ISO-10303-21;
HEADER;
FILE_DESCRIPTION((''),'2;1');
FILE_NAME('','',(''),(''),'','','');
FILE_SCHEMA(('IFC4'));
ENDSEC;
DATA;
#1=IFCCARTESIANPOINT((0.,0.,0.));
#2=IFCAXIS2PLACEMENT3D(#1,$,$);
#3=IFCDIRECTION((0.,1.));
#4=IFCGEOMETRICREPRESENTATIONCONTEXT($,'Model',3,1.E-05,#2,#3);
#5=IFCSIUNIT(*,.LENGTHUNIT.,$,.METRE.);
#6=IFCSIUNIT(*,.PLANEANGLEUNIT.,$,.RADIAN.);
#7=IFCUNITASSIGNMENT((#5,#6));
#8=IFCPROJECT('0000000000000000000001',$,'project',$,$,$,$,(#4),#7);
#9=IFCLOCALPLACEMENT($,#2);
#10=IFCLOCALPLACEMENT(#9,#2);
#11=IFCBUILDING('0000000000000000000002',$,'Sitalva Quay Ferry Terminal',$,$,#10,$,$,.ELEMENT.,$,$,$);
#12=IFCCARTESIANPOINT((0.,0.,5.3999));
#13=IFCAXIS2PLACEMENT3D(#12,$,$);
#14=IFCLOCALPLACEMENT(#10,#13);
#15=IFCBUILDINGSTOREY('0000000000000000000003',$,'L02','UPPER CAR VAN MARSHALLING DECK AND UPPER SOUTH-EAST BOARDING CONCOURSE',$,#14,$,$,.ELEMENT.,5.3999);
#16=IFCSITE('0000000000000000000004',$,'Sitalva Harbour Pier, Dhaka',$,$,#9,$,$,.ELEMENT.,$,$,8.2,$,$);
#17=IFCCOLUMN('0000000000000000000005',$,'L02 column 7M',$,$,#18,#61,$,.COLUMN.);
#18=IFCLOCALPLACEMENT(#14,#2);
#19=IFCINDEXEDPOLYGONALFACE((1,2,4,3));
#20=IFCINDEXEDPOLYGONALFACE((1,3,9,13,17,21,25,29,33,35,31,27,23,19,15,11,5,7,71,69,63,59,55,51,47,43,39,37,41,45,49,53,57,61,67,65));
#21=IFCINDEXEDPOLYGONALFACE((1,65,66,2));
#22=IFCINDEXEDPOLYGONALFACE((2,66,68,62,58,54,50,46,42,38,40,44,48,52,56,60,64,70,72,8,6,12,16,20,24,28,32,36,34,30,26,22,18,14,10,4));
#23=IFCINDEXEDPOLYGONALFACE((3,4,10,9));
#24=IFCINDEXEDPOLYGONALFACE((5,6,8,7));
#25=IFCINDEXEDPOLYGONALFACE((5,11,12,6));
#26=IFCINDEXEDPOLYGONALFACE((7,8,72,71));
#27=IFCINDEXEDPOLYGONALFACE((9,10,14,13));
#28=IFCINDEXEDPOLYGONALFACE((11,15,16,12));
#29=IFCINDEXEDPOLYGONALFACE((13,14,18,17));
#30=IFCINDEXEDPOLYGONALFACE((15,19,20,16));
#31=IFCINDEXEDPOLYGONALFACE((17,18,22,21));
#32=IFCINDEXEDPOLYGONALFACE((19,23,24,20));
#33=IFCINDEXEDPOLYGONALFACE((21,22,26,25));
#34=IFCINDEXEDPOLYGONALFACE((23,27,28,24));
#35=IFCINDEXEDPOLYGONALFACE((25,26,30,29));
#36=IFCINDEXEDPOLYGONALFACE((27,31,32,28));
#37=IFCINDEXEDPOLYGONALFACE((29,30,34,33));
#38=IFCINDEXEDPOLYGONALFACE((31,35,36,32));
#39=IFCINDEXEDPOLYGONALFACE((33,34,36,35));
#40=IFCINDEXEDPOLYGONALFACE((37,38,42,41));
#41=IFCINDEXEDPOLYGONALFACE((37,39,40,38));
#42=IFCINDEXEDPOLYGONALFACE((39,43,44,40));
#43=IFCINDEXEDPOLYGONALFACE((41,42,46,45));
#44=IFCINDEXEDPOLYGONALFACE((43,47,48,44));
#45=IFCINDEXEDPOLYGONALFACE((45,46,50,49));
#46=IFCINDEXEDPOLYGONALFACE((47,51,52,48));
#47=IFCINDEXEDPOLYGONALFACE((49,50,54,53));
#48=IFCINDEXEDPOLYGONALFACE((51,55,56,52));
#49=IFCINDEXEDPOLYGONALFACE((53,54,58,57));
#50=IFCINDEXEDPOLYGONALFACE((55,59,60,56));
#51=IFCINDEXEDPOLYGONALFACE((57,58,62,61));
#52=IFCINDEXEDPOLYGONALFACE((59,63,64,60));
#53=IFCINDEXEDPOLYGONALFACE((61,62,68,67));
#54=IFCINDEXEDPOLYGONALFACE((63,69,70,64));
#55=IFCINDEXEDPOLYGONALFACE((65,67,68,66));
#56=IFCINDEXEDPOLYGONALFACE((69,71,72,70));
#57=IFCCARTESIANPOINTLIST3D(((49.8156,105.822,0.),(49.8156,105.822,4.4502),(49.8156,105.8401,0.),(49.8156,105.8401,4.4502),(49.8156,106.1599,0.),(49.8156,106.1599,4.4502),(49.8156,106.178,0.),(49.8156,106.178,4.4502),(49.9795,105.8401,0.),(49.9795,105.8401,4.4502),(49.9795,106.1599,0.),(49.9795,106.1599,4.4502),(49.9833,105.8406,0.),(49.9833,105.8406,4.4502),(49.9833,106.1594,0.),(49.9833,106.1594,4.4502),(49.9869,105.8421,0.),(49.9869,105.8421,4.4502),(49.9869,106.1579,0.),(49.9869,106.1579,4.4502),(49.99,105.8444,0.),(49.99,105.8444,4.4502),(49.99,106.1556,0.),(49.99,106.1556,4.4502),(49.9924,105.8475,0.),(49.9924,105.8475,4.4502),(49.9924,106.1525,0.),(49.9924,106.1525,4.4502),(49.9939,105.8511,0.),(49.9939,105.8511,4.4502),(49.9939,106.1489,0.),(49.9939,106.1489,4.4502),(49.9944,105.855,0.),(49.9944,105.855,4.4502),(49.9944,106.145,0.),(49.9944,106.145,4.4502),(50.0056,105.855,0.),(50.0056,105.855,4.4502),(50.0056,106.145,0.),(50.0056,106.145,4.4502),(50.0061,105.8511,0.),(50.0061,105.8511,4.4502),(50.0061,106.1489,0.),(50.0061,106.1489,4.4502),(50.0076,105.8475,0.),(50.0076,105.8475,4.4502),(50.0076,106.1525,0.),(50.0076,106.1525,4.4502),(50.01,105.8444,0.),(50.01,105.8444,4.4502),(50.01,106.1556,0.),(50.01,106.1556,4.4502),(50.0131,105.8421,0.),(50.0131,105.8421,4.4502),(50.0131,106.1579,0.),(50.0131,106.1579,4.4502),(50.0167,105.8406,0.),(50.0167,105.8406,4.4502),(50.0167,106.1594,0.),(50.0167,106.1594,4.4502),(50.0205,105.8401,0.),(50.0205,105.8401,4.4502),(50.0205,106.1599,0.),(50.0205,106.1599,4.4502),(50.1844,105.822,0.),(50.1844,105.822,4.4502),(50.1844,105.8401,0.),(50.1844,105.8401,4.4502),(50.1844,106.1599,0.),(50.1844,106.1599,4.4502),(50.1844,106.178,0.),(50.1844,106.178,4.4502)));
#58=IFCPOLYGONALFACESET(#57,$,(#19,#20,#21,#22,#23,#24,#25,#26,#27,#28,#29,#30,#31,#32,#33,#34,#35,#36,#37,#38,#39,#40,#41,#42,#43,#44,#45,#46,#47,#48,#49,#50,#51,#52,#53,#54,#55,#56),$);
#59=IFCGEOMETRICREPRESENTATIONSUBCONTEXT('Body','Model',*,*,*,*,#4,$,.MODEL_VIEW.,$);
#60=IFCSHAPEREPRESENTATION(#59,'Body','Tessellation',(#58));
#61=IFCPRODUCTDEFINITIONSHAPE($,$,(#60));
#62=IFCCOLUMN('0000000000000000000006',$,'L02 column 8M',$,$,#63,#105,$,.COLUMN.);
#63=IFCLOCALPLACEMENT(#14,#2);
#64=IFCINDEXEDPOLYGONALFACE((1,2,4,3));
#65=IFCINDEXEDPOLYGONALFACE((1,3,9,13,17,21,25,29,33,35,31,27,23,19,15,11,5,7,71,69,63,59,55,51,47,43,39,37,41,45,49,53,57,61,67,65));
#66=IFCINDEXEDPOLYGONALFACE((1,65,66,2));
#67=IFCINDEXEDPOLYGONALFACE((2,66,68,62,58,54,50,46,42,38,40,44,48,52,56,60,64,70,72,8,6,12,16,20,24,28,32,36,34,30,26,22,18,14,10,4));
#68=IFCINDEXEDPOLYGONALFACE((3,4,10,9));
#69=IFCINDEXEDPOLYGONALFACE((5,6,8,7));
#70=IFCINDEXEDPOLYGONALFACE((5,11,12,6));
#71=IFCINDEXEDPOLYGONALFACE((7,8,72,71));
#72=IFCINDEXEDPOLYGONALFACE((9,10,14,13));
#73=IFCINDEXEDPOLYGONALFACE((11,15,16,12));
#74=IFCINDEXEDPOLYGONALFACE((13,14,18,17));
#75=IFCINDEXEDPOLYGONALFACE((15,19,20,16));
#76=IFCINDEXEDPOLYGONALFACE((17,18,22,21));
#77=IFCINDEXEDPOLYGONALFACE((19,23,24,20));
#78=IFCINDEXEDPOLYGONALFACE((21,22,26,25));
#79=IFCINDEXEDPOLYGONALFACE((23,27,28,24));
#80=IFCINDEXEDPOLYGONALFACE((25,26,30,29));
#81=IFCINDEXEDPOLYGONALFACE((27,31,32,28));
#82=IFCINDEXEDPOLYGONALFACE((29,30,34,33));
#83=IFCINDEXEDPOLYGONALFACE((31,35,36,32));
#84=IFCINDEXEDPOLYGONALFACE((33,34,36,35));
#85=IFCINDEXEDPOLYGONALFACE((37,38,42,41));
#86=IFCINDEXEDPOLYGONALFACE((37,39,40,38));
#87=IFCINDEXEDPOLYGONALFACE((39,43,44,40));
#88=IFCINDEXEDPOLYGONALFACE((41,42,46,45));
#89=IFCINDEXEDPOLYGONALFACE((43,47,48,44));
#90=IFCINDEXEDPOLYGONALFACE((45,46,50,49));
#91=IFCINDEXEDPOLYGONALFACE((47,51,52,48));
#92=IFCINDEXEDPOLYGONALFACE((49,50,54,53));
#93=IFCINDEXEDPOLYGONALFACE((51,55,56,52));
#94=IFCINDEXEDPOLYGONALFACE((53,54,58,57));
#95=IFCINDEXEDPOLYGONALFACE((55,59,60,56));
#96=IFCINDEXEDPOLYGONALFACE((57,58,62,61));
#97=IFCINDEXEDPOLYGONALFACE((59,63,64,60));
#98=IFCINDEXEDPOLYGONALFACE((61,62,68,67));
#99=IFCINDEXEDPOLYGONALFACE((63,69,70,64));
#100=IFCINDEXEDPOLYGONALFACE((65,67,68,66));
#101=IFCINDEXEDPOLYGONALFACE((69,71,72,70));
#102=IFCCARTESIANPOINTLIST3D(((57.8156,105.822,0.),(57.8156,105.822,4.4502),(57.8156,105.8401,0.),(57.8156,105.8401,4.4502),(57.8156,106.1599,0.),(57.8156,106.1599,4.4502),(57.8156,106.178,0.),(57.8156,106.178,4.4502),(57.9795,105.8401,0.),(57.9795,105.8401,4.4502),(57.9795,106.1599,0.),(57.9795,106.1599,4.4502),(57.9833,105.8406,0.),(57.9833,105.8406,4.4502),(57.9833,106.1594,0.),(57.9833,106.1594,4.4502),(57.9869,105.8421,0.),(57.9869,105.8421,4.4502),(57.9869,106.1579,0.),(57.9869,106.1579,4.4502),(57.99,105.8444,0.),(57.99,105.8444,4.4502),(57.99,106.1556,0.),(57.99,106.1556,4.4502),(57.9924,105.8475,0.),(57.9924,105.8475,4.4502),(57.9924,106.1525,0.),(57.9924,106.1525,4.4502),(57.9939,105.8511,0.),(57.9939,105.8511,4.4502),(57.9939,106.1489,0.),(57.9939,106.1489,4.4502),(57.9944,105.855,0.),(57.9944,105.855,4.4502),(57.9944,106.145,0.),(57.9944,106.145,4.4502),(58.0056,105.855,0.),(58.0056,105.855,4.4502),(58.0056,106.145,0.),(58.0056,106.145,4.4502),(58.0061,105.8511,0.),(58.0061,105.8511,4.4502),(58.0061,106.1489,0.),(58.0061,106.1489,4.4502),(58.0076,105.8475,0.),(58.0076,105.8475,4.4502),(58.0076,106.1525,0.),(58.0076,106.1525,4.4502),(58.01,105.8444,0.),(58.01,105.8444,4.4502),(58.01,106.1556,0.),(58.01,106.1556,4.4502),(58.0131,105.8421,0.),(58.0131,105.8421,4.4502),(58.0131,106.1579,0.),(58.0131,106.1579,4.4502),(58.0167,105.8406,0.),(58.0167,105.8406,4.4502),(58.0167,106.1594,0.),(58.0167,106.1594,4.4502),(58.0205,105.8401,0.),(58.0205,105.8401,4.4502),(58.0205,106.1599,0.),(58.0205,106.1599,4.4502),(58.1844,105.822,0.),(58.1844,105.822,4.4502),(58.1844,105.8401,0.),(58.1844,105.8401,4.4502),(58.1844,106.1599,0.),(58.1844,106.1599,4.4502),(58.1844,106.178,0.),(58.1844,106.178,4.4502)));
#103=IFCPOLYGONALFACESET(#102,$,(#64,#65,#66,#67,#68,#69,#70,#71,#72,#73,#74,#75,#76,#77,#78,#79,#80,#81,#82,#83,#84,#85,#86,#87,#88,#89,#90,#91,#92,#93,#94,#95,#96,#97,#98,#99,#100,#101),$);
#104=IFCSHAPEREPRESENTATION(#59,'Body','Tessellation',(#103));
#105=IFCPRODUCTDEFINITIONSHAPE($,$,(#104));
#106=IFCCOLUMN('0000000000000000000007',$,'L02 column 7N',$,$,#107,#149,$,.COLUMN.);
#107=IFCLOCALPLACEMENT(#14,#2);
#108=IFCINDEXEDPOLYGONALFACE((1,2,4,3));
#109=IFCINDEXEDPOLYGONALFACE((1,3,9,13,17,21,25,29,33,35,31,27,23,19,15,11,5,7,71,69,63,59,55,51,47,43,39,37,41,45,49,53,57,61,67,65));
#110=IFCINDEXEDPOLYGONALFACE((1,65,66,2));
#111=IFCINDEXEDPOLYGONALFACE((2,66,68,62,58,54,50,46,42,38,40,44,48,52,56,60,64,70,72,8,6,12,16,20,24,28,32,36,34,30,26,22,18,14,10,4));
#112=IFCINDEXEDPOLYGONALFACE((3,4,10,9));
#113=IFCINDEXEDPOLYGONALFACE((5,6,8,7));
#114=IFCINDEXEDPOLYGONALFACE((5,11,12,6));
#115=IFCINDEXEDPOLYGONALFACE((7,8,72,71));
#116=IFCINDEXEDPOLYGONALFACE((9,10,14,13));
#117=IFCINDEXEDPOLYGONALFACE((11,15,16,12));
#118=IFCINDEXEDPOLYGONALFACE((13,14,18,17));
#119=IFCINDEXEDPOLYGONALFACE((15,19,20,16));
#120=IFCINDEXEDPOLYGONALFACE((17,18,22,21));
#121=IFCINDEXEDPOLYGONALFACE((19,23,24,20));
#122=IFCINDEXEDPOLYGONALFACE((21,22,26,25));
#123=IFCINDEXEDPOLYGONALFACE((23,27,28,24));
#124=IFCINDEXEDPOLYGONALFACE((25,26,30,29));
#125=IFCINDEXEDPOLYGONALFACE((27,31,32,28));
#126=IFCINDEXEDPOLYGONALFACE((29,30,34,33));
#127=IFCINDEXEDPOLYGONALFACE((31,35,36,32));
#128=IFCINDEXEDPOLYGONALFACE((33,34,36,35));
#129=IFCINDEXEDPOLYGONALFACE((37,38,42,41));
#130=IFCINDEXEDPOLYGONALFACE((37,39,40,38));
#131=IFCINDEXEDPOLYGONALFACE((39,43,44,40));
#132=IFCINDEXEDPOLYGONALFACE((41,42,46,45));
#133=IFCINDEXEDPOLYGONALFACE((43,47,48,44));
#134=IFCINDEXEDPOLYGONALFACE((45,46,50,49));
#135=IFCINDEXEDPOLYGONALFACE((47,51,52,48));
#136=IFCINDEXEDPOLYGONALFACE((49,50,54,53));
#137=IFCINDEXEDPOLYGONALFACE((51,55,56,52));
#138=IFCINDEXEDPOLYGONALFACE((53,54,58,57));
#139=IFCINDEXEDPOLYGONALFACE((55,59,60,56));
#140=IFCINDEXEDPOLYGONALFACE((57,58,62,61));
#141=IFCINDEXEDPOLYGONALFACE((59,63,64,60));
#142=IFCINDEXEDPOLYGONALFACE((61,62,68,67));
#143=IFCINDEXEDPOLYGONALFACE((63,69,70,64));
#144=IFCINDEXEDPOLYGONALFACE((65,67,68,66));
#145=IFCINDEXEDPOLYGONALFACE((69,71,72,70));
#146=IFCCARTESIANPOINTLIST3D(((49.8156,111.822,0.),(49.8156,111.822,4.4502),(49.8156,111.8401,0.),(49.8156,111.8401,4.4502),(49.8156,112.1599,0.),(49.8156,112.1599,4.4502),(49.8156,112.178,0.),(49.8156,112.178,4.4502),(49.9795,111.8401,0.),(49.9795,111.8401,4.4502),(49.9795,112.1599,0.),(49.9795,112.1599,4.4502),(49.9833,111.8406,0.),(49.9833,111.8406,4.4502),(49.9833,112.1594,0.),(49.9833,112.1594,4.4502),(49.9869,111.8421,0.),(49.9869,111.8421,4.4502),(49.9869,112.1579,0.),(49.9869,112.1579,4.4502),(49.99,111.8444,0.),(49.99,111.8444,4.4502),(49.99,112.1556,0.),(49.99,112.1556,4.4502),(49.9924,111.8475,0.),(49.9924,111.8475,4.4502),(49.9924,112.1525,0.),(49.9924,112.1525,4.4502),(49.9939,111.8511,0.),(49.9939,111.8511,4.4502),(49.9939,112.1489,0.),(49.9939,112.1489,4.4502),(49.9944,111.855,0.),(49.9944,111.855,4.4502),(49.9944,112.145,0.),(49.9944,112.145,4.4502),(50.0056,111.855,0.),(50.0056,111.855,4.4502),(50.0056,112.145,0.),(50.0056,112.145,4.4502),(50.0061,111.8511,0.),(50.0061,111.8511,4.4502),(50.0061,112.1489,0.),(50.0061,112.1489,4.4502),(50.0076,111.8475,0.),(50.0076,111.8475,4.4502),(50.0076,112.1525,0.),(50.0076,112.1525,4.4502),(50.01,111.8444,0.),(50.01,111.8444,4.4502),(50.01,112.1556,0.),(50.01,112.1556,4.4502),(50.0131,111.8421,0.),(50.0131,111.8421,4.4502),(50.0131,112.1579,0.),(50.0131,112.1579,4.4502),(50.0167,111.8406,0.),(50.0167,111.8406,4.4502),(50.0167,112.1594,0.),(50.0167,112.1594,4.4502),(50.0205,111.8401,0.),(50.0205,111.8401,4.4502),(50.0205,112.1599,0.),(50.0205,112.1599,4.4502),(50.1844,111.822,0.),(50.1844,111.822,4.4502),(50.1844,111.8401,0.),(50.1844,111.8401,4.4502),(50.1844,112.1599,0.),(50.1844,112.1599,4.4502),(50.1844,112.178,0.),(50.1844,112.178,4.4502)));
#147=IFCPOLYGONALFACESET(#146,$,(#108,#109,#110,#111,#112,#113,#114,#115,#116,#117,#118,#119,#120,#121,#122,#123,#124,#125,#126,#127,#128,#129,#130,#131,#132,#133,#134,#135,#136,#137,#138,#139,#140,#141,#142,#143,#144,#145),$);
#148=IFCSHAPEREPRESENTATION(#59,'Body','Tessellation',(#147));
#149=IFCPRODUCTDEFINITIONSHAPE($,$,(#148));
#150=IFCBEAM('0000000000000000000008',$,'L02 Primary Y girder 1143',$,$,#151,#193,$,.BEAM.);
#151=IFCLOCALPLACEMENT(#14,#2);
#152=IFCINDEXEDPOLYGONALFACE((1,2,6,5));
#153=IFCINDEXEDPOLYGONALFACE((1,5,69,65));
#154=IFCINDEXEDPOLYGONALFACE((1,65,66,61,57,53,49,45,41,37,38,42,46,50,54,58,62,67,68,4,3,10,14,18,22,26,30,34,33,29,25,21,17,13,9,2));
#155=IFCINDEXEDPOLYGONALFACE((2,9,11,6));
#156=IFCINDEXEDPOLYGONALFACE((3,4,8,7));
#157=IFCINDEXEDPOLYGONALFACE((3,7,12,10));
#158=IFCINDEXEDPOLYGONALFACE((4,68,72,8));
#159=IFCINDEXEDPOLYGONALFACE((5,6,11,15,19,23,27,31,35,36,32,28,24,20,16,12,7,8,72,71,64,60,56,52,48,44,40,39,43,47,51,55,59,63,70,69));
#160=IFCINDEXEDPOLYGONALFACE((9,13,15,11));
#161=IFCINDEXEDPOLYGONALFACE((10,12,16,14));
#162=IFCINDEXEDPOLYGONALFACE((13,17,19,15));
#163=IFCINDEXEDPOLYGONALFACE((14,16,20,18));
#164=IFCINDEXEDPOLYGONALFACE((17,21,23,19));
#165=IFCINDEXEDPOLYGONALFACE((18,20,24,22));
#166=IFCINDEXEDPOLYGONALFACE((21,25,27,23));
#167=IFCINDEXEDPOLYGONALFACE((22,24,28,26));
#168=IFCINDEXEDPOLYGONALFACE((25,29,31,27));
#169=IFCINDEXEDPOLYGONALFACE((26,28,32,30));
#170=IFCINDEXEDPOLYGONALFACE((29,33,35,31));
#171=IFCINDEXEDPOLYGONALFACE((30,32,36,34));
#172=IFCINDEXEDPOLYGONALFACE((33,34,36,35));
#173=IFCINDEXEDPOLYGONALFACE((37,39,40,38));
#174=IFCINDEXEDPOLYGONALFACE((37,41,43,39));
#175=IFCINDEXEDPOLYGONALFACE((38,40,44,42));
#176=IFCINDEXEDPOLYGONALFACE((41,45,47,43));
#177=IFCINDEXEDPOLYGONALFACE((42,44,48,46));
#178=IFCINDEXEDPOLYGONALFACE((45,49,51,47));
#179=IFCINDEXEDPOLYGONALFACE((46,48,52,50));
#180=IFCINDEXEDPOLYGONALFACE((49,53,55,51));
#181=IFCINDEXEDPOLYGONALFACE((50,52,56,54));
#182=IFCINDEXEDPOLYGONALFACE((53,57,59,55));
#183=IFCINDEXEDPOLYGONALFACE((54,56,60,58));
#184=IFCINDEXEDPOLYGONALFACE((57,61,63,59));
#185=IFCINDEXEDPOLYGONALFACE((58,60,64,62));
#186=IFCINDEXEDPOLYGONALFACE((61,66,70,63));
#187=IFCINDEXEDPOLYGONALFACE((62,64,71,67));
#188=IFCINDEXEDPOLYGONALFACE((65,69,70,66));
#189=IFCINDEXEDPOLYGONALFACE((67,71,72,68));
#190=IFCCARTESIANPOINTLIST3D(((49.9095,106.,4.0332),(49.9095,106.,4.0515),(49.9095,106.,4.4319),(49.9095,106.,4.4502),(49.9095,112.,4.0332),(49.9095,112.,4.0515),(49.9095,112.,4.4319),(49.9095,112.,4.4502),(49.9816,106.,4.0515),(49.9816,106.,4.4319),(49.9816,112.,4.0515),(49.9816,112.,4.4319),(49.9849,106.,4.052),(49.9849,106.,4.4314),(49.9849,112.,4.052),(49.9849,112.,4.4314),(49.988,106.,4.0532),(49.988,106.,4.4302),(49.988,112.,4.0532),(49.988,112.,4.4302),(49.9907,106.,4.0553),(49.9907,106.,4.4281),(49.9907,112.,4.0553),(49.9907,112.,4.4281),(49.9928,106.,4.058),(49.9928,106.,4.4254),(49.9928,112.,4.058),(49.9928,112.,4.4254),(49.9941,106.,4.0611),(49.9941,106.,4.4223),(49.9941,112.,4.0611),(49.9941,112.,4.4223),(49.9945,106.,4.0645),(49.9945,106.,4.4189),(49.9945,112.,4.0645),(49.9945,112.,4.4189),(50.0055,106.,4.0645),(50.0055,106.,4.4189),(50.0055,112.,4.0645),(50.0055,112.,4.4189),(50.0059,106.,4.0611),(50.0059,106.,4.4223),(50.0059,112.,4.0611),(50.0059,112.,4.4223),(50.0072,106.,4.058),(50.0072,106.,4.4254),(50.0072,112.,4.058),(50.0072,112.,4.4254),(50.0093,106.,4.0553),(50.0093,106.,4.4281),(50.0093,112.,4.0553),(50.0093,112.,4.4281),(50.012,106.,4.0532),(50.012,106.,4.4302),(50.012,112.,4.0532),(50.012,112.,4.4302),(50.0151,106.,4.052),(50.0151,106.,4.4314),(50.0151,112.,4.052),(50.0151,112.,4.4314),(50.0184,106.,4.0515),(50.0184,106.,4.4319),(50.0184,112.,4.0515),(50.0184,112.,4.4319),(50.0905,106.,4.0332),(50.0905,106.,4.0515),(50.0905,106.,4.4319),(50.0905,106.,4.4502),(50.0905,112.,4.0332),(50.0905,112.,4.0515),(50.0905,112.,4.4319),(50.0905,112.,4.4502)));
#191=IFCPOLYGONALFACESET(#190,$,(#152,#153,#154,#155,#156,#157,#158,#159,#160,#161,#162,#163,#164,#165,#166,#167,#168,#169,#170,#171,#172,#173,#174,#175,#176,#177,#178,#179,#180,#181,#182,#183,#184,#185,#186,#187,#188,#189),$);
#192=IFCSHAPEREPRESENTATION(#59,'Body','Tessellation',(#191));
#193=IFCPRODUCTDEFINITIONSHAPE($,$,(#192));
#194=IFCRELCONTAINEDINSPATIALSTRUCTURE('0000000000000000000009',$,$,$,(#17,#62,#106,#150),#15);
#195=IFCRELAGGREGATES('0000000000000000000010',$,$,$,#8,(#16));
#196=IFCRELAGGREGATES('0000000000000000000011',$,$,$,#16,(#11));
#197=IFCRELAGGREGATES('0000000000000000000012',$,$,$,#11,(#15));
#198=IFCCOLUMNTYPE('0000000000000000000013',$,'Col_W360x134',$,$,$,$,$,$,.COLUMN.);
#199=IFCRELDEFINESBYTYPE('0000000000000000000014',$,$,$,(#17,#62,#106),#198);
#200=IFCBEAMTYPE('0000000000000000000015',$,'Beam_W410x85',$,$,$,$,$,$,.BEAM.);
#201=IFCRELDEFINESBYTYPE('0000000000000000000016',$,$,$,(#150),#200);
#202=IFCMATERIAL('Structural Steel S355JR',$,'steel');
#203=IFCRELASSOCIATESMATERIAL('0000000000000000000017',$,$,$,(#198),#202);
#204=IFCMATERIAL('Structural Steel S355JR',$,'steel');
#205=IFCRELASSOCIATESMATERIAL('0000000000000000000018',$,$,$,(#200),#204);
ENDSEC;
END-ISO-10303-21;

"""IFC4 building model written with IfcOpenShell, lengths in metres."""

from ifc_helpers import new_model, si_unit, direction, frame, origin, origin_2d, place, context, subcontext, project, spatial, i_section, extrude, material, material_profile, profile_set, type_object, element, save


model = new_model("IFC4")

# Units and contexts
model_context = context("Model", 3, precision=1e-05, world=origin(), true_north=direction((0.0, 1.0)))
body_context = subcontext(model_context, "Body", "Model", "MODEL_VIEW")
ifc_project = project(units=[si_unit("LENGTHUNIT", "METRE"), si_unit("PLANEANGLEUNIT", "RADIAN")], contexts=[model_context])

# Site, building, storey
site_placement = place(None, origin())
site = spatial("IfcSite", under=ifc_project, at=site_placement, Name="Sitalva Harbour Pier, Dhaka", CompositionType="ELEMENT", RefElevation=8.2)
building_placement = place(site_placement, origin())
building = spatial("IfcBuilding", under=site, at=building_placement, Name="Sitalva Quay Ferry Terminal", CompositionType="ELEMENT")
storey_placement = place(building_placement, frame((0.0, 0.0, 5.3999)))
storey = spatial("IfcBuildingStorey", under=building, at=storey_placement, Name="L02", Description="UPPER CAR VAN MARSHALLING DECK AND UPPER SOUTH-EAST BOARDING CONCOURSE", CompositionType="ELEMENT", Elevation=5.3999)

# Columns
ifc_material_1 = material(Name="Structural Steel S355JR", Category="steel")
ifc_material_profile_1 = material_profile(ifc_material_1, i_section(OverallWidth=0.3689, OverallDepth=0.356, WebThickness=0.0112, FlangeThickness=0.0181, FilletRadius=0.0149, at=origin_2d()), Name="W360x134")
ifc_profile_set_1 = profile_set([ifc_material_profile_1], Name="Structural Steel S355JR")
column_type = type_object("IfcColumnType", Name="Col_W360x134", PredefinedType="COLUMN", material=ifc_profile_set_1)
for number, where, z_axis, x_axis, name in (
    (1, (50.0, 106.0, 0.0), (0.0, 0.0, 1.0), (1.0, 0.0, 0.0), "L02 column 7M"),
    (2, (58.0, 106.0, 0.0), (0.0, 0.0, 1.0), (1.0, 0.0, 0.0), "L02 column 8M"),
    (3, (50.0, 112.0, 0.0), (0.0, 0.0, 1.0), (1.0, 0.0, 0.0), "L02 column 7N"),
):
    element("IfcColumn", number, at=place(storey_placement, frame(where, z_axis=z_axis, x_axis=x_axis)), inside=storey, type_object=column_type, Name=name, PredefinedType="COLUMN", context=body_context, shape_type="SweptSolid", body=[
        extrude(i_section(OverallWidth=0.3689, OverallDepth=0.356, WebThickness=0.0112, FlangeThickness=0.0181, FilletRadius=0.0149, at=origin_2d()), origin(), (0.0, 0.0, 1.0), 4.4502),
    ])

# Beam
ifc_material_2 = material(Name="Structural Steel S355JR", Category="steel")
ifc_material_profile_2 = material_profile(ifc_material_2, i_section(OverallWidth=0.1809, OverallDepth=0.417, WebThickness=0.011, FlangeThickness=0.0183, FilletRadius=0.0129, at=origin_2d()), Name="W410x85")
ifc_profile_set_2 = profile_set([ifc_material_profile_2], Name="Structural Steel S355JR")
beam_type_1 = type_object("IfcBeamType", Name="Beam_W410x85", PredefinedType="BEAM", material=ifc_profile_set_2)
beam_placement = place(storey_placement, frame((50.0, 106.0, 4.2417), z_axis=(0.0, 1.0, 0.0), x_axis=(-1.0, 0.0, 0.0)))
element("IfcBeam", 4, at=beam_placement, inside=storey, type_object=beam_type_1, Name="L02 Primary Y girder 1143", PredefinedType="BEAM", context=body_context, shape_type="SweptSolid", body=[
    extrude(i_section(OverallWidth=0.1809, OverallDepth=0.417, WebThickness=0.011, FlangeThickness=0.0183, FilletRadius=0.0129, at=origin_2d()), origin(), (0.0, 0.0, 1.0), 6.0),
])

save(model, "model.ifc")
